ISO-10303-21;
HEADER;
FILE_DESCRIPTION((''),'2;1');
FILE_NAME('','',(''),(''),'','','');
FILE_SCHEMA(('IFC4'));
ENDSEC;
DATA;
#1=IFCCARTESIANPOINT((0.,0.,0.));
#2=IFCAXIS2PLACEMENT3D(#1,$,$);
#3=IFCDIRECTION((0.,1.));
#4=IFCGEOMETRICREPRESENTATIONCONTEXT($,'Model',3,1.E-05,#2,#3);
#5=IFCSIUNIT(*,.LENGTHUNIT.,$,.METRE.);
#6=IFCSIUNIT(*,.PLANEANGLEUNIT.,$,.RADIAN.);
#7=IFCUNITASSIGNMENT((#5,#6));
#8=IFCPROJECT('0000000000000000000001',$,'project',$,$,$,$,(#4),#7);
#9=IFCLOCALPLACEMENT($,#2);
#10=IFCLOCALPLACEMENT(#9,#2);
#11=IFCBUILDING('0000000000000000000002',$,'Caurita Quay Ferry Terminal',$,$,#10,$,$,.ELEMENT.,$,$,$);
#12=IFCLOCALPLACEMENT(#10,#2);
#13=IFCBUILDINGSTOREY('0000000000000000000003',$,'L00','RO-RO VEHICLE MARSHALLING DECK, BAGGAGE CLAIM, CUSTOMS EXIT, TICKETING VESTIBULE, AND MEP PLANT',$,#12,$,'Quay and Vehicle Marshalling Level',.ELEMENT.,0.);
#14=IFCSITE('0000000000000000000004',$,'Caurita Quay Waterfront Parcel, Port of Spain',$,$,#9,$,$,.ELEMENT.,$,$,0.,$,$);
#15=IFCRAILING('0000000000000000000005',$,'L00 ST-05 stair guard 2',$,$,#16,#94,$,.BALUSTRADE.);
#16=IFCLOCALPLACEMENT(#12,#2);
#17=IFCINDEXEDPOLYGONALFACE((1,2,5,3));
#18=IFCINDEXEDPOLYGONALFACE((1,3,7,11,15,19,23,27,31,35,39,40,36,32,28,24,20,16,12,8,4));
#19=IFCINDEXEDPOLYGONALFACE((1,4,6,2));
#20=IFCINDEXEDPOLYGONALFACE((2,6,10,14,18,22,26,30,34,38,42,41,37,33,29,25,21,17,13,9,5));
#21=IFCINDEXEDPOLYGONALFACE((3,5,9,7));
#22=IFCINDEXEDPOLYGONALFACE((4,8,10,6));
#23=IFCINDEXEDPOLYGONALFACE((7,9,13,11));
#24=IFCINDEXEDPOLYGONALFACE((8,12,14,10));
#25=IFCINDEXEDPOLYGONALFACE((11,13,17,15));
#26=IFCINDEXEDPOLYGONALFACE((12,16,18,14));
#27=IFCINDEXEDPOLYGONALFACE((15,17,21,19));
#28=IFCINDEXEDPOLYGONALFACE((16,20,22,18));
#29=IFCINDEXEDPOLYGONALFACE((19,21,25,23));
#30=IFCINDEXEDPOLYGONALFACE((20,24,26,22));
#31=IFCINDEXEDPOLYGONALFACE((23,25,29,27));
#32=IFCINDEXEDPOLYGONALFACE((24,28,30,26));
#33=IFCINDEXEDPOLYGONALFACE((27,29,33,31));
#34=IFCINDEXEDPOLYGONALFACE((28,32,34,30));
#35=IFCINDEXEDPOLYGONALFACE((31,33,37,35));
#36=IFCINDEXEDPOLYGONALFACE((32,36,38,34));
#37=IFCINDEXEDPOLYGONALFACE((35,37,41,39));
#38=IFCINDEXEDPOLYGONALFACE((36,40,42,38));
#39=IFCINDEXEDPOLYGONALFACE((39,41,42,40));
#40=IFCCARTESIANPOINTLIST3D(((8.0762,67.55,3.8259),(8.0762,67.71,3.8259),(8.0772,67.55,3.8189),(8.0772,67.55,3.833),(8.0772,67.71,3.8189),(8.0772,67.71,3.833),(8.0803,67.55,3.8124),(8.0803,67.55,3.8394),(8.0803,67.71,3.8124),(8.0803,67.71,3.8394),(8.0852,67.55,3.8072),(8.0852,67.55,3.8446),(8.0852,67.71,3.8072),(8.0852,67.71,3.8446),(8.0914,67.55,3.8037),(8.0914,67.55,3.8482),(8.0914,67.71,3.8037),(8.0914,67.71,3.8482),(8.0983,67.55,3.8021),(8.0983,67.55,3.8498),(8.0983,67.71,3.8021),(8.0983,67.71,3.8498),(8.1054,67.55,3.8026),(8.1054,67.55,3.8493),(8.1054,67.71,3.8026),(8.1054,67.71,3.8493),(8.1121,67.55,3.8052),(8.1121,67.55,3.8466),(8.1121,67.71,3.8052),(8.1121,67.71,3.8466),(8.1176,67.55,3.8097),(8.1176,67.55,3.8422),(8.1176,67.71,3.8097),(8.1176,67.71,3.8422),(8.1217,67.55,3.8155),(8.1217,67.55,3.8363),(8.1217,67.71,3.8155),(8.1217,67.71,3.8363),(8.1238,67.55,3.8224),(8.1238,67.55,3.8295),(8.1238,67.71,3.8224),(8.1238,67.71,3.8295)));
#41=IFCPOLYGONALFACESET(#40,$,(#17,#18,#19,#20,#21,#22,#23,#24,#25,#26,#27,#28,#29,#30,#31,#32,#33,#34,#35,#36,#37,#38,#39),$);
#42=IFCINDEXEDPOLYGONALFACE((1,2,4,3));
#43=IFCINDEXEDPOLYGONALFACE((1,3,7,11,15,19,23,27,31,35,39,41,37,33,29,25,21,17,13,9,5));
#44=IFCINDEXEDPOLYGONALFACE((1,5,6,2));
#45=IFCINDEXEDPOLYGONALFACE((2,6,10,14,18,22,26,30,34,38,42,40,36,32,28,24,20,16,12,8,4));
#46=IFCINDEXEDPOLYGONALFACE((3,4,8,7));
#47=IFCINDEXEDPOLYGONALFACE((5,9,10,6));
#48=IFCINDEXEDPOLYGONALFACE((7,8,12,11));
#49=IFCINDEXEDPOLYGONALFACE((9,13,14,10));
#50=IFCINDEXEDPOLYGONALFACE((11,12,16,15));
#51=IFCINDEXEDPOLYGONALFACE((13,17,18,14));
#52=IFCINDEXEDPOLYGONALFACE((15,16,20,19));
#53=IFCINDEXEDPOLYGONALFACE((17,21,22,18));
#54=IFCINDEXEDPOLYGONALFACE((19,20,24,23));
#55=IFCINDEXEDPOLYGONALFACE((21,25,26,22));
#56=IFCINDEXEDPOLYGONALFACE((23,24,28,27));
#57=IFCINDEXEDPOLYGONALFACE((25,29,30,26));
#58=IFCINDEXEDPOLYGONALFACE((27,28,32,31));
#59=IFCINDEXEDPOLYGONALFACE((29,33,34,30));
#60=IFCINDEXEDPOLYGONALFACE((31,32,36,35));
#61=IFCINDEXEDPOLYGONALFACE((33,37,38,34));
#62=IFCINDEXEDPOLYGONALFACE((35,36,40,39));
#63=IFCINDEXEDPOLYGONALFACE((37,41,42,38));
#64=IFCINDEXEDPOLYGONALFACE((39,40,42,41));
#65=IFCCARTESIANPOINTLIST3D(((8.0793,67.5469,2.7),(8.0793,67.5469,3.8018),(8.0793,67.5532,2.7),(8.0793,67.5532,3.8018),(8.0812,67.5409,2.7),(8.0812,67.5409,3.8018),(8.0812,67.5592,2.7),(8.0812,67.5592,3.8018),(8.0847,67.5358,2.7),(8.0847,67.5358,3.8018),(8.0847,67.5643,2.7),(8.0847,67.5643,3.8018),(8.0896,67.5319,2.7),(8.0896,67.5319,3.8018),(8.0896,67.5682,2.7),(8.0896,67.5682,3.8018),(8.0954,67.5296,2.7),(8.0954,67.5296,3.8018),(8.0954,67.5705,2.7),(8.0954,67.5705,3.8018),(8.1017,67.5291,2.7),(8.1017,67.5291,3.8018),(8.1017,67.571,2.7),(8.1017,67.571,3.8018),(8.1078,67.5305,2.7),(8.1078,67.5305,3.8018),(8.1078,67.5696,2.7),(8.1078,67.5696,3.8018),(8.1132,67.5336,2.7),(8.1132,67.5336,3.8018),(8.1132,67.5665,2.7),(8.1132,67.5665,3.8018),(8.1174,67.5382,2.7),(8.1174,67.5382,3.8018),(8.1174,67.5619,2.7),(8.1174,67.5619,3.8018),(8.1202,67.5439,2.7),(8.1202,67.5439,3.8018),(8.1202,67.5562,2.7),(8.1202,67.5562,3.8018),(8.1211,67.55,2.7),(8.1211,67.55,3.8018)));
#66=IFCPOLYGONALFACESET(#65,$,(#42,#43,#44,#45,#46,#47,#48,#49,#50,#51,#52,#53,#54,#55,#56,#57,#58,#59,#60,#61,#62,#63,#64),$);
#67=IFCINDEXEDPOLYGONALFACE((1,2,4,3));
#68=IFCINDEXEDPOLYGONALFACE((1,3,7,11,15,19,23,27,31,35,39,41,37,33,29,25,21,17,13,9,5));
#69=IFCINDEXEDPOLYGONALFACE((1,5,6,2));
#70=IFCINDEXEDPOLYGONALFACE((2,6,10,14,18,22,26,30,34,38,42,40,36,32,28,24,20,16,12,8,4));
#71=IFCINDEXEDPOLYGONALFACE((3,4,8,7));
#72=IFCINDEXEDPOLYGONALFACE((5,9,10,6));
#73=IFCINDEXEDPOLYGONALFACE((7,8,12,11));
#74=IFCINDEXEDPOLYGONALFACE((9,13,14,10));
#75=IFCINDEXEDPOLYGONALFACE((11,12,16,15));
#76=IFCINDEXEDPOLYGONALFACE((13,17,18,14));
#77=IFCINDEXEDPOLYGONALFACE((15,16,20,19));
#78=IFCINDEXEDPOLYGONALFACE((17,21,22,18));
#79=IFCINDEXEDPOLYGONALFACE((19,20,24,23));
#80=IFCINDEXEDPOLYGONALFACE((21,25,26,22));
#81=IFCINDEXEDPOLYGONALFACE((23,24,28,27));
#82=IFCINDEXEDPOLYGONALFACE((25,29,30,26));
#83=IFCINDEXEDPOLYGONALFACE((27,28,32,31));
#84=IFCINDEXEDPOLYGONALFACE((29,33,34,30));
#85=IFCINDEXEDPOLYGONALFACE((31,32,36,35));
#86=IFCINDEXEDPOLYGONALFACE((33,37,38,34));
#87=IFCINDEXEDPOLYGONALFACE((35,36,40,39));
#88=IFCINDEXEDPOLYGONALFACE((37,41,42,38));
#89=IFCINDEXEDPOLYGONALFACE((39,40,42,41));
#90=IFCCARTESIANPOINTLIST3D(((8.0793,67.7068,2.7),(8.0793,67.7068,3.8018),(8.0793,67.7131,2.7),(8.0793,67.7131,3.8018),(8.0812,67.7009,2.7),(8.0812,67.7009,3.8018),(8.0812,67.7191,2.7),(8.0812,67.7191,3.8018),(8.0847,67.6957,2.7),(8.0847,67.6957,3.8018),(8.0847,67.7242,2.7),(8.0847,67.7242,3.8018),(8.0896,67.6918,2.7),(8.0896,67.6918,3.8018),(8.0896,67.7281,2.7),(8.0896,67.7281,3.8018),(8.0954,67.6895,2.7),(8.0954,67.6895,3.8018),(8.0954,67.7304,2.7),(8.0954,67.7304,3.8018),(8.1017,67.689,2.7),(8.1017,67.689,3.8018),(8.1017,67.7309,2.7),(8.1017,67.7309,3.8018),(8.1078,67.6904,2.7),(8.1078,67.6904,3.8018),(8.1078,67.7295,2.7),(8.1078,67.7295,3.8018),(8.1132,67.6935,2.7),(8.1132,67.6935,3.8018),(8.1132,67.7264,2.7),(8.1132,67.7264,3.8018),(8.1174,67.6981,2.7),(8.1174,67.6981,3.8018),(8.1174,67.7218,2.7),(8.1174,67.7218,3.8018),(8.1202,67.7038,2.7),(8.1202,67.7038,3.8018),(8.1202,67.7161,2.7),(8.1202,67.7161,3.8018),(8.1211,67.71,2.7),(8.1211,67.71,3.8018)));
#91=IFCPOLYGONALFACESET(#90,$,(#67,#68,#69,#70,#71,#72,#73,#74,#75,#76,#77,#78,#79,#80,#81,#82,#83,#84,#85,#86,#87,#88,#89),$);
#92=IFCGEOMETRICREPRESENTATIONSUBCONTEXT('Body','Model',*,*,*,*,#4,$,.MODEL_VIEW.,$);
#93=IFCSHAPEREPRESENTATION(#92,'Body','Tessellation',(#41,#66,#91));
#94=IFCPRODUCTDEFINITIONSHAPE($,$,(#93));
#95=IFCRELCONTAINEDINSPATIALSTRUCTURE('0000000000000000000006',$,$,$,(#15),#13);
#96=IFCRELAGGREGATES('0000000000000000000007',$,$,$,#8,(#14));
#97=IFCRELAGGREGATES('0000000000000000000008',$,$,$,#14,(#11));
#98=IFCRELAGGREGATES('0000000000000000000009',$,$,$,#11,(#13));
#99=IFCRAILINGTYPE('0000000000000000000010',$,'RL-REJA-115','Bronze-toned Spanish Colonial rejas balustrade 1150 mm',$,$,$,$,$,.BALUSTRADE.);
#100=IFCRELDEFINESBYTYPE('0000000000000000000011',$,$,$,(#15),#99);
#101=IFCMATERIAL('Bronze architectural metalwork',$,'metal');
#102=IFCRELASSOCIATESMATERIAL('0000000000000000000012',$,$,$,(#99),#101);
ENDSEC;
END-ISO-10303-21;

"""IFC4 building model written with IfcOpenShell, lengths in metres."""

from ifc_helpers import new_model, si_unit, direction, frame, origin, origin_2d, place, context, subcontext, project, spatial, circle, extrude, material, type_object, element, save


model = new_model("IFC4")

# Units and contexts
model_context = context("Model", 3, precision=1e-05, world=origin(), true_north=direction((0.0, 1.0)))
body_context = subcontext(model_context, "Body", "Model", "MODEL_VIEW")
ifc_project = project(units=[si_unit("LENGTHUNIT", "METRE"), si_unit("PLANEANGLEUNIT", "RADIAN")], contexts=[model_context])

# Site, building, storey
site_placement = place(None, origin())
site = spatial("IfcSite", under=ifc_project, at=site_placement, Name="Caurita Quay Waterfront Parcel, Port of Spain", CompositionType="ELEMENT", RefElevation=0.0)
building_placement = place(site_placement, origin())
building = spatial("IfcBuilding", under=site, at=building_placement, Name="Caurita Quay Ferry Terminal", CompositionType="ELEMENT")
storey_placement = place(building_placement, origin())
storey = spatial("IfcBuildingStorey", under=building, at=storey_placement, Name="L00", Description="RO-RO VEHICLE MARSHALLING DECK, BAGGAGE CLAIM, CUSTOMS EXIT, TICKETING VESTIBULE, AND MEP PLANT", LongName="Quay and Vehicle Marshalling Level", CompositionType="ELEMENT", Elevation=0.0)

# Shared definitions
ifc_material_1 = material(Name="Bronze architectural metalwork", Category="metal")

# Railing
railing_type_1 = type_object("IfcRailingType", Name="RL-REJA-115", Description="Bronze-toned Spanish Colonial rejas balustrade 1150 mm", PredefinedType="BALUSTRADE", material=ifc_material_1)
railing_1_placement = place(storey_placement, frame((8.1001, 67.55, 2.7)))
element("IfcRailing", 1, at=railing_1_placement, inside=storey, type_object=railing_type_1, Name="L00 ST-05 stair guard 2", PredefinedType="BALUSTRADE", context=body_context, shape_type="SweptSolid", body=[
    extrude(circle(Radius=0.0239, at=origin_2d()), frame((0.0, 0.0, 1.126), z_axis=(0.0, 1.0, 0.0), x_axis=(-1.0, 0.0, 0.0)), (0.0, 0.0, 1.0), 0.1599),
    extrude(circle(Radius=0.021, at=origin_2d()), origin(), (0.0, 0.0, 1.0), 1.1018),
    extrude(circle(Radius=0.021, at=origin_2d()), frame((0.0, 0.1599, 0.0)), (0.0, 0.0, 1.0), 1.1018),
])

save(model, "model.ifc")
